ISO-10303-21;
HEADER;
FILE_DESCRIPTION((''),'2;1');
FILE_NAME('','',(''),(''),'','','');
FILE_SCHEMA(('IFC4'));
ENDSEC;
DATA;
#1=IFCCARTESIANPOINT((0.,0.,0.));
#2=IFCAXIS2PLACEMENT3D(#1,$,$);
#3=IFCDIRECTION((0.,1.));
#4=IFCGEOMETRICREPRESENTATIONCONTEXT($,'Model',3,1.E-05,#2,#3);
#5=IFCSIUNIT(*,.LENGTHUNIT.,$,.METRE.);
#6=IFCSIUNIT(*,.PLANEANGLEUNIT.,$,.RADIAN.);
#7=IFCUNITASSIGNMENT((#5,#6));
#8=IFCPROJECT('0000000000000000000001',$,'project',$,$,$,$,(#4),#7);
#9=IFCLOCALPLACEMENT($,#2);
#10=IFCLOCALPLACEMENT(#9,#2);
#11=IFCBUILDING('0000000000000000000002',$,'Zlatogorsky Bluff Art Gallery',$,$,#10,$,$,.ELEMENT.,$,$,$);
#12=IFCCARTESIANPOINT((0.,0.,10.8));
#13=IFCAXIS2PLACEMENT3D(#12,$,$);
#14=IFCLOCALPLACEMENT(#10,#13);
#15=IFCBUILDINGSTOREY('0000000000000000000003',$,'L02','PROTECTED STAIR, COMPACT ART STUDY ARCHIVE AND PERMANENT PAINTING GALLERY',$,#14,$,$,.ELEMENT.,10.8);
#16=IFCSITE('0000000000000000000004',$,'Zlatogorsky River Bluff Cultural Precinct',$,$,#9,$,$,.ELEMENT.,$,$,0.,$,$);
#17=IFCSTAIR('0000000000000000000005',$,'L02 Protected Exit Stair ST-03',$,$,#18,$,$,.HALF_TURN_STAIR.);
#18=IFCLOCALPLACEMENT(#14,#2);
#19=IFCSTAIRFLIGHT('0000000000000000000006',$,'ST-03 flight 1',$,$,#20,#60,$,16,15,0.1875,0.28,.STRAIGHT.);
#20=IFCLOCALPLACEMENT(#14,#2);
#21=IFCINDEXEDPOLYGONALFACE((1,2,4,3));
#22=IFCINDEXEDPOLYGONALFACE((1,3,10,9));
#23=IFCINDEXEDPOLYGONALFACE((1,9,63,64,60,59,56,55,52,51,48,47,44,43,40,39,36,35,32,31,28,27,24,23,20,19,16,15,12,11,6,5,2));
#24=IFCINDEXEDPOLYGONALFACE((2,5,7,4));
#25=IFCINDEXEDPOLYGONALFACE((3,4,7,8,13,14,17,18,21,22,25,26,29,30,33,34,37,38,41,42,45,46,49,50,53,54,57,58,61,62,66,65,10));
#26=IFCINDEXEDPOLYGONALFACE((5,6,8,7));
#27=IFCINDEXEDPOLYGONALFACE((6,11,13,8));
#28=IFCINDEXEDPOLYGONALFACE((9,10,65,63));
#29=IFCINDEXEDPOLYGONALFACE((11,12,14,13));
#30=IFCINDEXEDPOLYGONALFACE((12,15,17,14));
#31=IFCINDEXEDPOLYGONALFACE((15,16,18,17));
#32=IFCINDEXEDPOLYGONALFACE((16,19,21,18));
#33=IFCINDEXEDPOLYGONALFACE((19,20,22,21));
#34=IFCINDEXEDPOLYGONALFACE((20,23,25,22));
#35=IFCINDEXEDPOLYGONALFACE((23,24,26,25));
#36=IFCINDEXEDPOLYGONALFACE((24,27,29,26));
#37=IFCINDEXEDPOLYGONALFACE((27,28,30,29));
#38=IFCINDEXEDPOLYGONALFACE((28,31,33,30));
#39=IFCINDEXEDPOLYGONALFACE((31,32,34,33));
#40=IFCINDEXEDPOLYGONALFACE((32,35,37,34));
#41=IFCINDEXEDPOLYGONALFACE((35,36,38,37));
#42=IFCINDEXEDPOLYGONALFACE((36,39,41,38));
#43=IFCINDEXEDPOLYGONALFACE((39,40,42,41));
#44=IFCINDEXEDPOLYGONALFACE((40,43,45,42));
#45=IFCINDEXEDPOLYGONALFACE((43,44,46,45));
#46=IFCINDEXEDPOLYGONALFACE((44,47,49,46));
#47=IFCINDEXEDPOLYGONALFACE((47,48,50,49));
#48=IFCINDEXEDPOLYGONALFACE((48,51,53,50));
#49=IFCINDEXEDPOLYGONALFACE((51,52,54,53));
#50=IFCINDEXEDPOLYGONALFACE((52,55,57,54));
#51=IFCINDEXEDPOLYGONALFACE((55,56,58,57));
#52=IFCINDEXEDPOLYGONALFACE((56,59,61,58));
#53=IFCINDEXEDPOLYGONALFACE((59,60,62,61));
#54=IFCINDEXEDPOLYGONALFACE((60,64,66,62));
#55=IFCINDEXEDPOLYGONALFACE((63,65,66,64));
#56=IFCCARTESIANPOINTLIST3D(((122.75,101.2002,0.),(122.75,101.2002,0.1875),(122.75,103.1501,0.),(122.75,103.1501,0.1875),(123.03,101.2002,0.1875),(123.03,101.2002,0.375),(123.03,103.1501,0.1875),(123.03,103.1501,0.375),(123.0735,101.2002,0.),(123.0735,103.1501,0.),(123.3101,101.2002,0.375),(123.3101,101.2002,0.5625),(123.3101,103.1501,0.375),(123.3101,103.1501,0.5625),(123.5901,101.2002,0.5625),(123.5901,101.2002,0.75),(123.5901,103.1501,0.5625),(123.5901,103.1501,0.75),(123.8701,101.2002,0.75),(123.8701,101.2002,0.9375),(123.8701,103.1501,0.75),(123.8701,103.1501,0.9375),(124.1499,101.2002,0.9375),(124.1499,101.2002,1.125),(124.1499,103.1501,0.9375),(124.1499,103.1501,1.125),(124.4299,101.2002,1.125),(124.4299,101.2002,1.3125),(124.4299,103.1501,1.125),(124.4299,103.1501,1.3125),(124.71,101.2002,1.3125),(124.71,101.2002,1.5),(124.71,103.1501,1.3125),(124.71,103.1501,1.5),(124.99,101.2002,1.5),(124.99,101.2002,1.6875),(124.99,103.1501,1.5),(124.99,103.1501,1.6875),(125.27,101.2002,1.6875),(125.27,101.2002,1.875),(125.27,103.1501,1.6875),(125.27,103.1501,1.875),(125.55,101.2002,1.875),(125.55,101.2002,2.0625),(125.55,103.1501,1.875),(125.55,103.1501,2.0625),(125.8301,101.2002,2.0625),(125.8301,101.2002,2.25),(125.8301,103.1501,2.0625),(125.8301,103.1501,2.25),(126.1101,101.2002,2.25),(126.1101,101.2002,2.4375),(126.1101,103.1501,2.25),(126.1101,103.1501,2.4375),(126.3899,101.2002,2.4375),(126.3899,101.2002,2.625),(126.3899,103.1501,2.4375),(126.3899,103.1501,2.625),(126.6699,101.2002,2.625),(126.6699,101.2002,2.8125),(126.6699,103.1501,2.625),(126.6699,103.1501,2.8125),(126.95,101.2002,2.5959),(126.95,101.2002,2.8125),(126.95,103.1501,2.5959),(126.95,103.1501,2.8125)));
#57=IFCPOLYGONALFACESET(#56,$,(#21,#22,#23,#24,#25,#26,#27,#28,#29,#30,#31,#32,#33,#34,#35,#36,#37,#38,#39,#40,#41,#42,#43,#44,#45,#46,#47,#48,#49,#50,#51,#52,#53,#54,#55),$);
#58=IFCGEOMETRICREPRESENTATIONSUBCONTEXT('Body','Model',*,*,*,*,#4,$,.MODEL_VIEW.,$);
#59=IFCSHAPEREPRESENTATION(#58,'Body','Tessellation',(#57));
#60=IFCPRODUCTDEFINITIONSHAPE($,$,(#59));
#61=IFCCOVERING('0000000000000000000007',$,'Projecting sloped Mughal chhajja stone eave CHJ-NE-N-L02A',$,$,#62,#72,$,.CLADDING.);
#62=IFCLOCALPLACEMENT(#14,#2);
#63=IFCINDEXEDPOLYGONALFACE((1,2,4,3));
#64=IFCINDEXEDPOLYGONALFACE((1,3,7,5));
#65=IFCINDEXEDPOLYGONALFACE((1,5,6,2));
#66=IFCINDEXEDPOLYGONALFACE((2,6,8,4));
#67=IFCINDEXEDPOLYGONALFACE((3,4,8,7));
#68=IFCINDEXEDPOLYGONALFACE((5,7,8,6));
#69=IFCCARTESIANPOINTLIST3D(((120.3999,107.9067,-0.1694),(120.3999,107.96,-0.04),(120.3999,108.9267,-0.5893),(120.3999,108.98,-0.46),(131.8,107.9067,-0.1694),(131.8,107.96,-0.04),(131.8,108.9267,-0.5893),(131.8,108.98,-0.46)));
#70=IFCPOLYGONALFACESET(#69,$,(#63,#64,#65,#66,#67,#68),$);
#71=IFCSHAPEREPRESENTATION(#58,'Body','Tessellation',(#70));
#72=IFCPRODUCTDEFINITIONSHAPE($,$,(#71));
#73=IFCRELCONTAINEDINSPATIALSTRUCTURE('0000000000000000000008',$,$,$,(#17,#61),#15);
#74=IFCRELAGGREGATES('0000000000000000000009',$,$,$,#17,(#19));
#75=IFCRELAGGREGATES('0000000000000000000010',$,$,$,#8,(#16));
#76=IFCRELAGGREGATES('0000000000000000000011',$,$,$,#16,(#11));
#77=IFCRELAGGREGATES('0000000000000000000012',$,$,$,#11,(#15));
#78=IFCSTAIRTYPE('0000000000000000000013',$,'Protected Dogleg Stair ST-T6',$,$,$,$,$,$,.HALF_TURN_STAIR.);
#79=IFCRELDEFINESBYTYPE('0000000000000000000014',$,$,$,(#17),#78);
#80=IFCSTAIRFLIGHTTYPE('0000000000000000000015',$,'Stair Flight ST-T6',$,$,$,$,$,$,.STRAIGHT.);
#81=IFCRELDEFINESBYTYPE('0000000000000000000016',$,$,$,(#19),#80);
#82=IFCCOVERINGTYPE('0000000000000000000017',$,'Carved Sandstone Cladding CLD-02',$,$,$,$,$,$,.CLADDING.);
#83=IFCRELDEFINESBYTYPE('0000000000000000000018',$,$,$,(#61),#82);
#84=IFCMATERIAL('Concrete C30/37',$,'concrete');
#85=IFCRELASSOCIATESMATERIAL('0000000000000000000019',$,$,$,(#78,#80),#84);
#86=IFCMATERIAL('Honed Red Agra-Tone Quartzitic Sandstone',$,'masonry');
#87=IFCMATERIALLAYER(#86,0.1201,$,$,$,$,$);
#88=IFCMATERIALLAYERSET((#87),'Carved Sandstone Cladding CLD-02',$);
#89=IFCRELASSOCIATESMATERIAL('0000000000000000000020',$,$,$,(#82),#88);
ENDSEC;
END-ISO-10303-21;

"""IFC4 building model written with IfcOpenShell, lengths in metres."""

from ifc_helpers import new_model, si_unit, direction, frame, origin, place, context, subcontext, project, spatial, polyline, outline, extrude, material, layer, layer_set, type_object, element, aggregate, save


model = new_model("IFC4")

# Units and contexts
model_context = context("Model", 3, precision=1e-05, world=origin(), true_north=direction((0.0, 1.0)))
body_context = subcontext(model_context, "Body", "Model", "MODEL_VIEW")
ifc_project = project(units=[si_unit("LENGTHUNIT", "METRE"), si_unit("PLANEANGLEUNIT", "RADIAN")], contexts=[model_context])

# Site, building, storey
site_placement = place(None, origin())
site = spatial("IfcSite", under=ifc_project, at=site_placement, Name="Zlatogorsky River Bluff Cultural Precinct", CompositionType="ELEMENT", RefElevation=0.0)
building_placement = place(site_placement, origin())
building = spatial("IfcBuilding", under=site, at=building_placement, Name="Zlatogorsky Bluff Art Gallery", CompositionType="ELEMENT")
storey_placement = place(building_placement, frame((0.0, 0.0, 10.8)))
storey = spatial("IfcBuildingStorey", under=building, at=storey_placement, Name="L02", Description="PROTECTED STAIR, COMPACT ART STUDY ARCHIVE AND PERMANENT PAINTING GALLERY", CompositionType="ELEMENT", Elevation=10.8)

# Stair, stair flight
ifc_material_1 = material(Name="Concrete C30/37", Category="concrete")
stair_type = type_object("IfcStairType", Name="Protected Dogleg Stair ST-T6", PredefinedType="HALF_TURN_STAIR", material=ifc_material_1)
stair_placement = place(storey_placement, origin())
stair = element("IfcStair", 1, at=stair_placement, inside=storey, type_object=stair_type, Name="L02 Protected Exit Stair ST-03", PredefinedType="HALF_TURN_STAIR")
stair_flight_type = type_object("IfcStairFlightType", Name="Stair Flight ST-T6", PredefinedType="STRAIGHT", material=ifc_material_1)
stair_flight_placement = place(storey_placement, frame((122.75, 102.175, 0.0), z_axis=(0.0, 0.0, 1.0), x_axis=(1.0, 0.0, 0.0)))
stair_flight = element("IfcStairFlight", 2, at=stair_flight_placement, type_object=stair_flight_type, Name="ST-03 flight 1", NumberOfRisers=16, NumberOfTreads=15, PredefinedType="STRAIGHT", RiserHeight=0.1875, TreadLength=0.28, context=body_context, shape_type="SweptSolid", body=[
    extrude(outline(polyline([(0.0, 0.0), (0.0, 0.1875), (0.28, 0.1875), (0.28, 0.375), (0.5601, 0.375), (0.5601, 0.5625), (0.8401, 0.5625), (0.8401, 0.75), (1.1201, 0.75), (1.1201, 0.9375), (1.3999, 0.9375), (1.3999, 1.125), (1.6799, 1.125), (1.6799, 1.3125), (1.96, 1.3125), (1.96, 1.5), (2.24, 1.5), (2.24, 1.6875), (2.52, 1.6875), (2.52, 1.875), (2.8, 1.875), (2.8, 2.0625), (3.0801, 2.0625), (3.0801, 2.25), (3.3601, 2.25), (3.3601, 2.4375), (3.6399, 2.4375), (3.6399, 2.625), (3.9199, 2.625), (3.9199, 2.8125), (4.2, 2.8125), (4.2, 3.0), (4.2, 2.5959), (0.3235, 0.0), (0.0, 0.0)])), frame((0.0, 0.9751, 0.0), z_axis=(0.0, -1.0, 0.0), x_axis=(1.0, 0.0, 0.0)), (0.0, 0.0, 1.0), 1.95),
])
aggregate(stair, [stair_flight])

# Covering
ifc_material_2 = material(Name="Honed Red Agra-Tone Quartzitic Sandstone", Category="masonry")
ifc_layer_1 = layer(ifc_material_2, 0.1201)
ifc_layer_set_1 = layer_set([ifc_layer_1], Name="Carved Sandstone Cladding CLD-02")
covering_type = type_object("IfcCoveringType", Name="Carved Sandstone Cladding CLD-02", PredefinedType="CLADDING", material=ifc_layer_set_1)
covering_placement = place(storey_placement, frame((120.3999, 107.96, -0.04), z_axis=(0.0, 0.380683, 0.924706), x_axis=(1.0, 0.0, 0.0)))
element("IfcCovering", 3, at=covering_placement, inside=storey, type_object=covering_type, Name="Projecting sloped Mughal chhajja stone eave CHJ-NE-N-L02A", PredefinedType="CLADDING", context=body_context, shape_type="SweptSolid", body=[
    extrude(outline(polyline([(0.0, 0.0), (11.4001, 0.0), (11.4001, 1.1031), (0.0, 1.1031), (0.0, 0.0)])), origin(), (0.0, 0.0, -1.0), 0.1399),
])

save(model, "model.ifc")
